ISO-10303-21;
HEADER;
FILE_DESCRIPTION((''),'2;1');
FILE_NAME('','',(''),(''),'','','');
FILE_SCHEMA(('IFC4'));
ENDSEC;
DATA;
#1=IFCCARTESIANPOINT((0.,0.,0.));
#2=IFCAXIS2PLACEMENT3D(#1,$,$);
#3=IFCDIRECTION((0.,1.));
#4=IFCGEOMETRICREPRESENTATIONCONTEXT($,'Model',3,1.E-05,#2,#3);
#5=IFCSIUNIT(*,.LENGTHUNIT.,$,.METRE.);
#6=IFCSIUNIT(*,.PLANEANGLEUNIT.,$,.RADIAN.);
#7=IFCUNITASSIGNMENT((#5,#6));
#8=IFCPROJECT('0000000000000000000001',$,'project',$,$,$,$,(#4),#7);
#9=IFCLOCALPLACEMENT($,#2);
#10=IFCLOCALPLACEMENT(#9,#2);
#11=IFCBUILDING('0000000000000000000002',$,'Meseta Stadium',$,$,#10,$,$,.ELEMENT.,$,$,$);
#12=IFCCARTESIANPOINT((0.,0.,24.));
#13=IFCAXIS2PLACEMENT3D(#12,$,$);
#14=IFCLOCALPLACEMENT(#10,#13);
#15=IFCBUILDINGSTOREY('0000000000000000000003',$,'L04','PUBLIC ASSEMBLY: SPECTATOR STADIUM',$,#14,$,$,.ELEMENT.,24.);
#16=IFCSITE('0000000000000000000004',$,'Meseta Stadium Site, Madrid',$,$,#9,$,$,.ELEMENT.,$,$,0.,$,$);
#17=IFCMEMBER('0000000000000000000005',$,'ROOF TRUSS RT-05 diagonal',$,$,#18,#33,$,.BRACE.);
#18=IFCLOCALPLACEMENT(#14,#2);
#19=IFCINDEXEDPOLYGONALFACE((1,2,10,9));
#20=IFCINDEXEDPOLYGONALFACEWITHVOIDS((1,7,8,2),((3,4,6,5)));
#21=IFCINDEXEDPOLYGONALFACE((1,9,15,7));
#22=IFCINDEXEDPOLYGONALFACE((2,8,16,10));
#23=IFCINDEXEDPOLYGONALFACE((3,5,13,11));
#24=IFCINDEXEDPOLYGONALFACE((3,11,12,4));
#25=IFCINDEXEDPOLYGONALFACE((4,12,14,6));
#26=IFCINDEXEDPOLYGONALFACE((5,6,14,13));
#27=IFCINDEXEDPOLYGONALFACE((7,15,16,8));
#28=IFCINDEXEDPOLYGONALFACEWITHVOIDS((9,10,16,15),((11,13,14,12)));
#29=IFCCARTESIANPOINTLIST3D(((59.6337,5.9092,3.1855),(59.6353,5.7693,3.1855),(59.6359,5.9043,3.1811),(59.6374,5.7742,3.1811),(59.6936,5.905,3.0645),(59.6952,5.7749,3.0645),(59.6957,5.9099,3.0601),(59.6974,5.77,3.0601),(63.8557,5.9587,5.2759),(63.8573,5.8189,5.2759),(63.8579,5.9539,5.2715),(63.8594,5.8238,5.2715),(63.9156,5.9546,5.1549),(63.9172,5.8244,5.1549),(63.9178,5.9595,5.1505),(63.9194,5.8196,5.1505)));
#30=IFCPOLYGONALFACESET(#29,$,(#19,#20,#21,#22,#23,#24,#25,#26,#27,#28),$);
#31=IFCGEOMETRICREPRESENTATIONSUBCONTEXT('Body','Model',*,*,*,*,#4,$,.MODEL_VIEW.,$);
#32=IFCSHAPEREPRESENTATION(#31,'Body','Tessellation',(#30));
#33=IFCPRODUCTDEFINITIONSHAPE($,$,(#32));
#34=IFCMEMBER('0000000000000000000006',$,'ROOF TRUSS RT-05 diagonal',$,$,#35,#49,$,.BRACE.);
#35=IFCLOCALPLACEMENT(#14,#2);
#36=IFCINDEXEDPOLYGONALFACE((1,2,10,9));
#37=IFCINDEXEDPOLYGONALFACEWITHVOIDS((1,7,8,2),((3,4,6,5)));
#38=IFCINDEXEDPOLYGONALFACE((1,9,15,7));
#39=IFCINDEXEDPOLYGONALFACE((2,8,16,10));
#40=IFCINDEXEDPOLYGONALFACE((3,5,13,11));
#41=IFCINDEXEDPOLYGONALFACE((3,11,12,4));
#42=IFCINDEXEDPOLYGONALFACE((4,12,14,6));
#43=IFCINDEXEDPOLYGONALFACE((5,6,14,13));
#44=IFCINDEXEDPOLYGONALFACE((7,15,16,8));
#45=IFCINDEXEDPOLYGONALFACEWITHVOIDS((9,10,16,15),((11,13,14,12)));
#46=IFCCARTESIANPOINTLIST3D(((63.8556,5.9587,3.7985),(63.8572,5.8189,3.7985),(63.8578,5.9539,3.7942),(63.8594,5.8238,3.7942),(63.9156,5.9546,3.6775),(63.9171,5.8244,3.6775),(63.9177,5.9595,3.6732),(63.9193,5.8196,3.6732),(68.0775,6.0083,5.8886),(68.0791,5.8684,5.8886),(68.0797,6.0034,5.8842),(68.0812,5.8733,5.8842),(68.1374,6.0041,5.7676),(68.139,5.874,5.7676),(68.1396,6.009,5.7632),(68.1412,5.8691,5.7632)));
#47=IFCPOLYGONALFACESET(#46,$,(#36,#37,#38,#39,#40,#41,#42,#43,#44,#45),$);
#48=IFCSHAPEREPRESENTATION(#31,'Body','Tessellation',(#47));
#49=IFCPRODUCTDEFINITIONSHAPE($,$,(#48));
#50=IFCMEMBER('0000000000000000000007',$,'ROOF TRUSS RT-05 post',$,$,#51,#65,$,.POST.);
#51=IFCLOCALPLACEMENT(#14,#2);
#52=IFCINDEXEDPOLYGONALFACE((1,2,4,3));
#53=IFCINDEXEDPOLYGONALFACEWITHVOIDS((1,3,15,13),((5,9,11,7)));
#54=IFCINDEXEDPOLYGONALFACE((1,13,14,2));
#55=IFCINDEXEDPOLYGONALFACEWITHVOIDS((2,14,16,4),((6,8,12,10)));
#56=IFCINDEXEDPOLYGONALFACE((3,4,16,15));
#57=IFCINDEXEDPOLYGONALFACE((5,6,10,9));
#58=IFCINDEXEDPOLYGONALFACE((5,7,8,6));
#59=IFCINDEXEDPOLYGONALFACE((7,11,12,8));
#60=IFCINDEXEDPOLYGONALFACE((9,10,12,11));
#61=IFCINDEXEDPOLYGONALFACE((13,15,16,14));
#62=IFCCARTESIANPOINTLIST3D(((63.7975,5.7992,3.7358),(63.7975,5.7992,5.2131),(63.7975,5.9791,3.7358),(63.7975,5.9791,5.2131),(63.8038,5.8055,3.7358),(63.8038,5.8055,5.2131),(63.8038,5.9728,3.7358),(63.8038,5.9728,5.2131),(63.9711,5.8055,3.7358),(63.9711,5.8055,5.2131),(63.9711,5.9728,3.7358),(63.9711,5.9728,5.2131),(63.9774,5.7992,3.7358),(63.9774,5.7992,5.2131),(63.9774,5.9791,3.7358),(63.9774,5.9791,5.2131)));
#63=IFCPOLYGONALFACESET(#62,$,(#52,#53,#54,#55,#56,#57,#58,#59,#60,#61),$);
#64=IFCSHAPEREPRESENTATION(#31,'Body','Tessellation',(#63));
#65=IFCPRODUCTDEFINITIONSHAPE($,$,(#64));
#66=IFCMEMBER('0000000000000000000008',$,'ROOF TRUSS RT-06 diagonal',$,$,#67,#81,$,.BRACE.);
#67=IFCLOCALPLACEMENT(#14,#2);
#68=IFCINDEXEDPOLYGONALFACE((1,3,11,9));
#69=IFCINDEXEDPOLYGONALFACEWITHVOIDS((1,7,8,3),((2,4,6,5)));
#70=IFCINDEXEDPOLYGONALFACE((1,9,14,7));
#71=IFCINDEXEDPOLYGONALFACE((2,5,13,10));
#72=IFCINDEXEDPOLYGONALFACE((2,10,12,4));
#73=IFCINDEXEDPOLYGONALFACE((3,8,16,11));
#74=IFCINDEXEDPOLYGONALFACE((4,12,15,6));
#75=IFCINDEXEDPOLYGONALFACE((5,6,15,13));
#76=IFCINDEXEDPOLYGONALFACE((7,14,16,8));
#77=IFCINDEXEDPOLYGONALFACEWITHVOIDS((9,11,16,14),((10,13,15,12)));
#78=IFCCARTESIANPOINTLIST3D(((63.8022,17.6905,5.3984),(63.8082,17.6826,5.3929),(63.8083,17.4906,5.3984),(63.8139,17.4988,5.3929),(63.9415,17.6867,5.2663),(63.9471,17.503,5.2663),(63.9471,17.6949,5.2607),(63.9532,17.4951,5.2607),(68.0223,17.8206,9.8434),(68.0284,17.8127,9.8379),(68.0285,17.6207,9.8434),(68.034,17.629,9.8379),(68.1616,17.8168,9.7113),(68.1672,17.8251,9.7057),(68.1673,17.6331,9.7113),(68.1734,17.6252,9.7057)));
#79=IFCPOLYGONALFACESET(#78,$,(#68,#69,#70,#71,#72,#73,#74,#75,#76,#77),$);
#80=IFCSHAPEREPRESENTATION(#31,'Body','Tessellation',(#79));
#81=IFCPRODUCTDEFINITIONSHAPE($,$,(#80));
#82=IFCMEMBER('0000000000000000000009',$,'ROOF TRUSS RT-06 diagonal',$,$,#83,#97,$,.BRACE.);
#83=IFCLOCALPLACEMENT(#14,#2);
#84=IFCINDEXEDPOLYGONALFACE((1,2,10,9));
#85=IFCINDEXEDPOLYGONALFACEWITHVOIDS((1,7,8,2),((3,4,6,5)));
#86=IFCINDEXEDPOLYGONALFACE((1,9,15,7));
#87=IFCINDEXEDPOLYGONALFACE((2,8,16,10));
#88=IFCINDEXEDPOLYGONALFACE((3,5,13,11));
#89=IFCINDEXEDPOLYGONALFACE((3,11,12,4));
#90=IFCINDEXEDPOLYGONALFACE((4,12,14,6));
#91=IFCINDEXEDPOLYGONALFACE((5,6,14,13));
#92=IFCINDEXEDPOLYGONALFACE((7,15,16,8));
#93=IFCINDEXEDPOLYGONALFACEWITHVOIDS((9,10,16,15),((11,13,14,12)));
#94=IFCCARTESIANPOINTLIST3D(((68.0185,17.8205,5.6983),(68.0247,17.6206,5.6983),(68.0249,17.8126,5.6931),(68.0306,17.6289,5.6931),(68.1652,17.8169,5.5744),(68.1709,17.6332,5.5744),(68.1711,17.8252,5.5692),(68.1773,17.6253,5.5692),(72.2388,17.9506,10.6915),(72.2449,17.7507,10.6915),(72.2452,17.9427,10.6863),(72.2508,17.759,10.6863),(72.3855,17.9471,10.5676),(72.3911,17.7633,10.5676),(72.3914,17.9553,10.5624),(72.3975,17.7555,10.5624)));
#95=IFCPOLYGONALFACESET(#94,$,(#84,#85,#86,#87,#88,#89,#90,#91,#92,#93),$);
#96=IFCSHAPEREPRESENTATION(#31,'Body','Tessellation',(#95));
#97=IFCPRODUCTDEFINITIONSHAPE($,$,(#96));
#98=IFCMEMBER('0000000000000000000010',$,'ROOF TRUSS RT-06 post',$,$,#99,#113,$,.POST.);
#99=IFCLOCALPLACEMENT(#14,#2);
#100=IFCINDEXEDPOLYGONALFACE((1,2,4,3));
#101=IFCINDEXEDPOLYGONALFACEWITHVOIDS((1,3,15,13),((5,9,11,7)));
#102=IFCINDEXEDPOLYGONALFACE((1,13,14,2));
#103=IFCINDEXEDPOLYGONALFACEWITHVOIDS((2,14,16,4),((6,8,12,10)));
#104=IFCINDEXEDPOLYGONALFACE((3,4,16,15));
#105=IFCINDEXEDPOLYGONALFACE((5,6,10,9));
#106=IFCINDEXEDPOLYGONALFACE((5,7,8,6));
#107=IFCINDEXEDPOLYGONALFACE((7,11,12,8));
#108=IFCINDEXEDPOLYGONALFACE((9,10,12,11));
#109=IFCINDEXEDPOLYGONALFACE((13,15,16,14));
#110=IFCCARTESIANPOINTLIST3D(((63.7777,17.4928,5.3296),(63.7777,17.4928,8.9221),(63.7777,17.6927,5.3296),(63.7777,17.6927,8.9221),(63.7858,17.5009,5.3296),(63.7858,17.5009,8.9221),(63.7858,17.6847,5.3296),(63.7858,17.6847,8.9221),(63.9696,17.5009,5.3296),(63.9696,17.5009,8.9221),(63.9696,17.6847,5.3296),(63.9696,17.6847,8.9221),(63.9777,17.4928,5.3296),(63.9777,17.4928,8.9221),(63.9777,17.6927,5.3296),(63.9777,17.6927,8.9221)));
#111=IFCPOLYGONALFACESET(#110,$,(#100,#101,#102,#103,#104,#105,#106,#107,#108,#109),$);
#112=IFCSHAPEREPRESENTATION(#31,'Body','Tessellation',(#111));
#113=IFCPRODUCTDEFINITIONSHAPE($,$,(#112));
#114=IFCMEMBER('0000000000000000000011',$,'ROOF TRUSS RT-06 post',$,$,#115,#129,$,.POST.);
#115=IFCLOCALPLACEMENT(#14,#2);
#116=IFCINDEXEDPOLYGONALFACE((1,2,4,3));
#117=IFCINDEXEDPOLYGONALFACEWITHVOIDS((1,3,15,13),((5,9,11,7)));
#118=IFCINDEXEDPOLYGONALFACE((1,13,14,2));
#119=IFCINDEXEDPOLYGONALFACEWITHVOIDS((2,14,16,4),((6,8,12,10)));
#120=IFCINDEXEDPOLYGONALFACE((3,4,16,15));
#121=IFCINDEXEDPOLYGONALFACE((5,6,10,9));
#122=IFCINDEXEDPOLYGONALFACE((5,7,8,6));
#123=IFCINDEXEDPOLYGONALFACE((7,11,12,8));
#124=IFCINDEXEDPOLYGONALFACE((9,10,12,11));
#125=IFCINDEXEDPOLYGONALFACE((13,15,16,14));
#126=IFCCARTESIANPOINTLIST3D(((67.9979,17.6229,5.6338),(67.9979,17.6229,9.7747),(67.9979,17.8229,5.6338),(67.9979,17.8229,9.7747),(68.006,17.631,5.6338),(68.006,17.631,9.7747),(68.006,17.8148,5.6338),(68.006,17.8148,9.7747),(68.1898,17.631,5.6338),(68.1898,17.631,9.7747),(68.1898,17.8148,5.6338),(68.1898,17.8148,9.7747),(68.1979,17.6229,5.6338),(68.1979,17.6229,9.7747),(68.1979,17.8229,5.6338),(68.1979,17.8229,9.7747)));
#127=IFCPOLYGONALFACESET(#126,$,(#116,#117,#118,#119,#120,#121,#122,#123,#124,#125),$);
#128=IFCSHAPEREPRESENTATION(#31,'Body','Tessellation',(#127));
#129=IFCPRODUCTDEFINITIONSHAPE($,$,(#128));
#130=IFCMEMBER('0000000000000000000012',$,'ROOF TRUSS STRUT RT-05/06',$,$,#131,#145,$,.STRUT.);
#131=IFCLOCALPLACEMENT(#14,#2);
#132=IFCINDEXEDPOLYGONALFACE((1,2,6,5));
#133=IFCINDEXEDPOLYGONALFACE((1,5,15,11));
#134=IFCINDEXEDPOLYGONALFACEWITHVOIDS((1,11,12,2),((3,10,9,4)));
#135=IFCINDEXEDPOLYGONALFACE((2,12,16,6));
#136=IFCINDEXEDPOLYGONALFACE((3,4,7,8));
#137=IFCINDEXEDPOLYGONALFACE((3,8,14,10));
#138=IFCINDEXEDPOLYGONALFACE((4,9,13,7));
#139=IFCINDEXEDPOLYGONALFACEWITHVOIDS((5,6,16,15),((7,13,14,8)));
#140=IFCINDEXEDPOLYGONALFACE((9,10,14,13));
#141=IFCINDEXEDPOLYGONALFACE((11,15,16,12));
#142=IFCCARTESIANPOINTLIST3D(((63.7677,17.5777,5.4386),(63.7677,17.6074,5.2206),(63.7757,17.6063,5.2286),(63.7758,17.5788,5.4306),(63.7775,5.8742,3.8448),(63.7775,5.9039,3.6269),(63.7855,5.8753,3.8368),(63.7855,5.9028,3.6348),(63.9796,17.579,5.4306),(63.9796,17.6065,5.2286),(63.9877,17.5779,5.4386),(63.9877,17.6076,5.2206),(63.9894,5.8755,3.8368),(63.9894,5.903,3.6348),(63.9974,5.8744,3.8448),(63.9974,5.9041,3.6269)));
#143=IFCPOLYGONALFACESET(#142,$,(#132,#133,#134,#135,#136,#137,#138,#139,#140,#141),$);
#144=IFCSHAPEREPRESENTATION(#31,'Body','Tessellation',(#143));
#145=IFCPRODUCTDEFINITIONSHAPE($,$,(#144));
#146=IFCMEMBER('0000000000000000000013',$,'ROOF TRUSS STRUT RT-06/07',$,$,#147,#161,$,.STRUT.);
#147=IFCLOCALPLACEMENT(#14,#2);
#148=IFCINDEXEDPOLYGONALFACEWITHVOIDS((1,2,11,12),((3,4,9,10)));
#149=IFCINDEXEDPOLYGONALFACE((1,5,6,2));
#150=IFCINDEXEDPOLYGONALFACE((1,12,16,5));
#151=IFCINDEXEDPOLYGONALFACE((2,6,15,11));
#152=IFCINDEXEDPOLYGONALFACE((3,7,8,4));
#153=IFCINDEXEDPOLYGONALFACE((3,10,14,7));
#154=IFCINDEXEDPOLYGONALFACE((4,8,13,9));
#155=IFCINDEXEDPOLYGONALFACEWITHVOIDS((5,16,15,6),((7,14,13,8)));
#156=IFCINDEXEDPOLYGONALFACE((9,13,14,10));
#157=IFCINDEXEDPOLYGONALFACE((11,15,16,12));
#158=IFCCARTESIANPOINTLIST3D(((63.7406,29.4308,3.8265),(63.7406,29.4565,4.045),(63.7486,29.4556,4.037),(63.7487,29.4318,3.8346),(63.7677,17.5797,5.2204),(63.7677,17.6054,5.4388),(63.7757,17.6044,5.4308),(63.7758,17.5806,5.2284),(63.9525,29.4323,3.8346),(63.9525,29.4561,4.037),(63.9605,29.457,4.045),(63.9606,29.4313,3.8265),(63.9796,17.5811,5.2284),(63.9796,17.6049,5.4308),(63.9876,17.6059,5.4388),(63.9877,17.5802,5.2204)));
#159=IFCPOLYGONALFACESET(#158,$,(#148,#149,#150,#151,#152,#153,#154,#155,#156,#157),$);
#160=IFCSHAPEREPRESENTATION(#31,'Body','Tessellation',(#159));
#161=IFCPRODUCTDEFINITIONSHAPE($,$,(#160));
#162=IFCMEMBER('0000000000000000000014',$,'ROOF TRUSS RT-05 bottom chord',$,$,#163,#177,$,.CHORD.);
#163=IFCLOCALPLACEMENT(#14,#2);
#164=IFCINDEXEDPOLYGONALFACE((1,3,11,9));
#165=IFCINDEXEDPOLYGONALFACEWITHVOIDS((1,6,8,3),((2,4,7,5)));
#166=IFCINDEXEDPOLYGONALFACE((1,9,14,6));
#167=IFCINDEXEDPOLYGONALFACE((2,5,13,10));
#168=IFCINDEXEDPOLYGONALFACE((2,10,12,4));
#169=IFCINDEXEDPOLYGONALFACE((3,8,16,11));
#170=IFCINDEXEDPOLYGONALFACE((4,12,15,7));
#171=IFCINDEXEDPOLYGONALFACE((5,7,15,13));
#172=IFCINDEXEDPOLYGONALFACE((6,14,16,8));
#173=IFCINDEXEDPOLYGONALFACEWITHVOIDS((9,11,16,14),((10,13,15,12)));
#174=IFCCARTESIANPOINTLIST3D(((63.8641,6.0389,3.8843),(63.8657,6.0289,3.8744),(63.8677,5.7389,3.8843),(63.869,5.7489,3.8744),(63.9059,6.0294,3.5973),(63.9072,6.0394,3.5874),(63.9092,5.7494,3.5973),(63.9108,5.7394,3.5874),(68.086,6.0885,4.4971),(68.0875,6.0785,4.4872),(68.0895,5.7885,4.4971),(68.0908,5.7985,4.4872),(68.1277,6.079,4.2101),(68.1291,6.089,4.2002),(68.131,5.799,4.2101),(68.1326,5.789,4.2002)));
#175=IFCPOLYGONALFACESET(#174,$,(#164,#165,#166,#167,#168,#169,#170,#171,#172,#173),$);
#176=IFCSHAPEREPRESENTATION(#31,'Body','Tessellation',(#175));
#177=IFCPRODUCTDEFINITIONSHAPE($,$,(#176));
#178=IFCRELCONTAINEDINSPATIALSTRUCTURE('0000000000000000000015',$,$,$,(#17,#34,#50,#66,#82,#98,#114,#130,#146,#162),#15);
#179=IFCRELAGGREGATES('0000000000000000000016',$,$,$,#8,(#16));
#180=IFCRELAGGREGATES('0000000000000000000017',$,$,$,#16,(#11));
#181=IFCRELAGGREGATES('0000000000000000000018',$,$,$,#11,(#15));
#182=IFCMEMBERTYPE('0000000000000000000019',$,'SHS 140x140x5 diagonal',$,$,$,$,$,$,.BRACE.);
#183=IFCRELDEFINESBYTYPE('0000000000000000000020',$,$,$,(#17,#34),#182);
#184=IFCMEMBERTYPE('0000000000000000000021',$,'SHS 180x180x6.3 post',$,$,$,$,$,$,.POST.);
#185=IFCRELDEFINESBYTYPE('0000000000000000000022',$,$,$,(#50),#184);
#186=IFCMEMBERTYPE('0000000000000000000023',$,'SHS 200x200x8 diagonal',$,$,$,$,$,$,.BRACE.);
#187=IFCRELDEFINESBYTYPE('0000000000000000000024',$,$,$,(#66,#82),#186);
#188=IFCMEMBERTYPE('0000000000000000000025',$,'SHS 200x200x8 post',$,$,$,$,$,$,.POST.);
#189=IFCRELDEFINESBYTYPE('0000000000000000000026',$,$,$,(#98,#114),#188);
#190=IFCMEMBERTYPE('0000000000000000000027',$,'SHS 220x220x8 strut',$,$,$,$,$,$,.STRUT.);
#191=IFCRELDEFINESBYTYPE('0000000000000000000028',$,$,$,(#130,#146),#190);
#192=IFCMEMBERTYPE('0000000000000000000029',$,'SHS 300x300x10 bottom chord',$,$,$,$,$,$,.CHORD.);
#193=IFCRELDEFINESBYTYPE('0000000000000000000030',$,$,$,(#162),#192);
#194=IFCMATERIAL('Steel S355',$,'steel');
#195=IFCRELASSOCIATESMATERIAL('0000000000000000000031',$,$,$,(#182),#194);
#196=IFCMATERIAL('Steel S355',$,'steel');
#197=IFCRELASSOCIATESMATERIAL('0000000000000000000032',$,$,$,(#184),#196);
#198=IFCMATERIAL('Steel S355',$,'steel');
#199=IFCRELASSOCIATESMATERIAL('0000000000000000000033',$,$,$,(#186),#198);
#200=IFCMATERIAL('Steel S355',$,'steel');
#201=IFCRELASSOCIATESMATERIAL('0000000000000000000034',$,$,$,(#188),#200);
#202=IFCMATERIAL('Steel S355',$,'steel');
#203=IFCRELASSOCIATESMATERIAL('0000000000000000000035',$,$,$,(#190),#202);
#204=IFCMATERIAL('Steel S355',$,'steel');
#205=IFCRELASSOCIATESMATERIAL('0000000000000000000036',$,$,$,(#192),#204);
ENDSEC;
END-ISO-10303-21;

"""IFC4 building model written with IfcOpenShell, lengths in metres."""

from ifc_helpers import new_model, si_unit, direction, frame, origin, origin_2d, place, context, subcontext, project, spatial, hollow_rectangle, extrude, material, material_profile, profile_set, type_object, element, save


model = new_model("IFC4")

# Units and contexts
model_context = context("Model", 3, precision=1e-05, world=origin(), true_north=direction((0.0, 1.0)))
body_context = subcontext(model_context, "Body", "Model", "MODEL_VIEW")
ifc_project = project(units=[si_unit("LENGTHUNIT", "METRE"), si_unit("PLANEANGLEUNIT", "RADIAN")], contexts=[model_context])

# Site, building, storey
site_placement = place(None, origin())
site = spatial("IfcSite", under=ifc_project, at=site_placement, Name="Meseta Stadium Site, Madrid", CompositionType="ELEMENT", RefElevation=0.0)
building_placement = place(site_placement, origin())
building = spatial("IfcBuilding", under=site, at=building_placement, Name="Meseta Stadium", CompositionType="ELEMENT")
storey_placement = place(building_placement, frame((0.0, 0.0, 24.0)))
storey = spatial("IfcBuildingStorey", under=building, at=storey_placement, Name="L04", Description="PUBLIC ASSEMBLY: SPECTATOR STADIUM", CompositionType="ELEMENT", Elevation=24.0)

# Members
ifc_material_1 = material(Name="Steel S355", Category="steel")
ifc_material_profile_1 = material_profile(ifc_material_1, hollow_rectangle(XDim=0.1399, YDim=0.1399, WallThickness=0.0049, at=origin_2d()), Name="SHS 140x140x5")
ifc_profile_set_1 = profile_set([ifc_material_profile_1], Name="Steel S355")
member_type_1 = type_object("IfcMemberType", Name="SHS 140x140x5 diagonal", PredefinedType="BRACE", material=ifc_profile_set_1)
member_1_placement = place(storey_placement, frame((59.6655, 5.8396, 3.1228), z_axis=(0.896122, 0.010519, 0.443682), x_axis=(-0.011738, 0.999931, 0.0)))
element("IfcMember", 1, at=member_1_placement, inside=storey, type_object=member_type_1, Name="ROOF TRUSS RT-05 diagonal", PredefinedType="BRACE", context=body_context, shape_type="SweptSolid", body=[
    extrude(hollow_rectangle(XDim=0.1399, YDim=0.1399, WallThickness=0.0049, at=origin_2d()), origin(), (0.0, 0.0, 1.0), 4.7114),
])
member_2_placement = place(storey_placement, frame((63.8875, 5.8892, 3.7358), z_axis=(0.896143, 0.01052, 0.443641), x_axis=(-0.011738, 0.999931, 0.0)))
element("IfcMember", 2, at=member_2_placement, inside=storey, type_object=member_type_1, Name="ROOF TRUSS RT-05 diagonal", PredefinedType="BRACE", context=body_context, shape_type="SweptSolid", body=[
    extrude(hollow_rectangle(XDim=0.1399, YDim=0.1399, WallThickness=0.0049, at=origin_2d()), origin(), (0.0, 0.0, 1.0), 4.7112),
])
ifc_material_2 = material(Name="Steel S355", Category="steel")
ifc_material_profile_2 = material_profile(ifc_material_2, hollow_rectangle(XDim=0.1799, YDim=0.1799, WallThickness=0.0063, at=origin_2d()), Name="SHS 180x180x6.3")
ifc_profile_set_2 = profile_set([ifc_material_profile_2], Name="Steel S355")
member_type_2 = type_object("IfcMemberType", Name="SHS 180x180x6.3 post", PredefinedType="POST", material=ifc_profile_set_2)
member_3_placement = place(storey_placement, frame((63.8875, 5.8892, 3.7358), z_axis=(0.0, 0.0, 1.0), x_axis=(1.0, 0.0, 0.0)))
element("IfcMember", 3, at=member_3_placement, inside=storey, type_object=member_type_2, Name="ROOF TRUSS RT-05 post", PredefinedType="POST", context=body_context, shape_type="SweptSolid", body=[
    extrude(hollow_rectangle(XDim=0.1799, YDim=0.1799, WallThickness=0.0063, at=origin_2d()), origin(), (0.0, 0.0, 1.0), 1.4773),
])
ifc_material_3 = material(Name="Steel S355", Category="steel")
ifc_material_profile_3 = material_profile(ifc_material_3, hollow_rectangle(XDim=0.2, YDim=0.2, WallThickness=0.0081, at=origin_2d()), Name="SHS 200x200x8")
ifc_profile_set_3 = profile_set([ifc_material_profile_3], Name="Steel S355")
member_type_3 = type_object("IfcMemberType", Name="SHS 200x200x8 diagonal", PredefinedType="BRACE", material=ifc_profile_set_3)
member_4_placement = place(storey_placement, frame((63.8777, 17.5928, 5.3296), z_axis=(0.688371, 0.021225, 0.725048), x_axis=(-0.03082, 0.999525, 0.0)))
element("IfcMember", 4, at=member_4_placement, inside=storey, type_object=member_type_3, Name="ROOF TRUSS RT-06 diagonal", PredefinedType="BRACE", context=body_context, shape_type="SweptSolid", body=[
    extrude(hollow_rectangle(XDim=0.2, YDim=0.2, WallThickness=0.0081, at=origin_2d()), origin(), (0.0, 0.0, 1.0), 6.1306),
])
member_5_placement = place(storey_placement, frame((68.0979, 17.7229, 5.6338), z_axis=(0.645389, 0.0199, 0.763595), x_axis=(-0.03082, 0.999525, 0.0)))
element("IfcMember", 5, at=member_5_placement, inside=storey, type_object=member_type_3, Name="ROOF TRUSS RT-06 diagonal", PredefinedType="BRACE", context=body_context, shape_type="SweptSolid", body=[
    extrude(hollow_rectangle(XDim=0.2, YDim=0.2, WallThickness=0.0081, at=origin_2d()), origin(), (0.0, 0.0, 1.0), 6.5391),
])
ifc_material_4 = material(Name="Steel S355", Category="steel")
ifc_material_profile_4 = material_profile(ifc_material_4, hollow_rectangle(XDim=0.2, YDim=0.2, WallThickness=0.0081, at=origin_2d()), Name="SHS 200x200x8")
ifc_profile_set_4 = profile_set([ifc_material_profile_4], Name="Steel S355")
member_type_4 = type_object("IfcMemberType", Name="SHS 200x200x8 post", PredefinedType="POST", material=ifc_profile_set_4)
member_6_placement = place(storey_placement, frame((63.8777, 17.5928, 5.3296), z_axis=(0.0, 0.0, 1.0), x_axis=(1.0, 0.0, 0.0)))
element("IfcMember", 6, at=member_6_placement, inside=storey, type_object=member_type_4, Name="ROOF TRUSS RT-06 post", PredefinedType="POST", context=body_context, shape_type="SweptSolid", body=[
    extrude(hollow_rectangle(XDim=0.2, YDim=0.2, WallThickness=0.0081, at=origin_2d()), origin(), (0.0, 0.0, 1.0), 3.5925),
])
member_7_placement = place(storey_placement, frame((68.0979, 17.7229, 5.6338), z_axis=(0.0, 0.0, 1.0), x_axis=(1.0, 0.0, 0.0)))
element("IfcMember", 7, at=member_7_placement, inside=storey, type_object=member_type_4, Name="ROOF TRUSS RT-06 post", PredefinedType="POST", context=body_context, shape_type="SweptSolid", body=[
    extrude(hollow_rectangle(XDim=0.2, YDim=0.2, WallThickness=0.0081, at=origin_2d()), origin(), (0.0, 0.0, 1.0), 4.1409),
])
ifc_material_5 = material(Name="Steel S355", Category="steel")
ifc_material_profile_5 = material_profile(ifc_material_5, hollow_rectangle(XDim=0.22, YDim=0.22, WallThickness=0.0081, at=origin_2d()), Name="SHS 220x220x8")
ifc_profile_set_5 = profile_set([ifc_material_profile_5], Name="Steel S355")
member_type_5 = type_object("IfcMemberType", Name="SHS 220x220x8 strut", PredefinedType="STRUT", material=ifc_profile_set_5)
member_8_placement = place(storey_placement, frame((63.8875, 5.8892, 3.7358), z_axis=(-0.000827, 0.990855, 0.134931), x_axis=(-1.0, -0.000834, 0.0)))
element("IfcMember", 8, at=member_8_placement, inside=storey, type_object=member_type_5, Name="ROOF TRUSS STRUT RT-05/06", PredefinedType="STRUT", context=body_context, shape_type="SweptSolid", body=[
    extrude(hollow_rectangle(XDim=0.22, YDim=0.22, WallThickness=0.0081, at=origin_2d()), origin(), (0.0, 0.0, 1.0), 11.8115),
])
member_9_placement = place(storey_placement, frame((63.8777, 17.5928, 5.3296), z_axis=(-0.002271, 0.993152, -0.116804), x_axis=(-0.999997, -0.002287, 0.0)))
element("IfcMember", 9, at=member_9_placement, inside=storey, type_object=member_type_5, Name="ROOF TRUSS STRUT RT-06/07", PredefinedType="STRUT", context=body_context, shape_type="SweptSolid", body=[
    extrude(hollow_rectangle(XDim=0.22, YDim=0.22, WallThickness=0.0081, at=origin_2d()), origin(), (0.0, 0.0, 1.0), 11.9329),
])
ifc_material_6 = material(Name="Steel S355", Category="steel")
ifc_material_profile_6 = material_profile(ifc_material_6, hollow_rectangle(XDim=0.3, YDim=0.3, WallThickness=0.01, at=origin_2d()), Name="SHS 300x300x10")
ifc_profile_set_6 = profile_set([ifc_material_profile_6], Name="Steel S355")
member_type_6 = type_object("IfcMemberType", Name="SHS 300x300x10 bottom chord", PredefinedType="CHORD", material=ifc_profile_set_6)
for number, where, z_axis, x_axis, name in (
    (10, (63.8875, 5.8892, 3.7358), (0.989563, 0.011616, 0.143631), (-0.011738, 0.999931, 0.0), "ROOF TRUSS RT-05 bottom chord"),
):
    element("IfcMember", number, at=place(storey_placement, frame(where, z_axis=z_axis, x_axis=x_axis)), inside=storey, type_object=member_type_6, Name=name, PredefinedType="CHORD", context=body_context, shape_type="SweptSolid", body=[
        extrude(hollow_rectangle(XDim=0.3, YDim=0.3, WallThickness=0.01, at=origin_2d()), origin(), (0.0, 0.0, 1.0), 4.2664),
    ])

save(model, "model.ifc")
